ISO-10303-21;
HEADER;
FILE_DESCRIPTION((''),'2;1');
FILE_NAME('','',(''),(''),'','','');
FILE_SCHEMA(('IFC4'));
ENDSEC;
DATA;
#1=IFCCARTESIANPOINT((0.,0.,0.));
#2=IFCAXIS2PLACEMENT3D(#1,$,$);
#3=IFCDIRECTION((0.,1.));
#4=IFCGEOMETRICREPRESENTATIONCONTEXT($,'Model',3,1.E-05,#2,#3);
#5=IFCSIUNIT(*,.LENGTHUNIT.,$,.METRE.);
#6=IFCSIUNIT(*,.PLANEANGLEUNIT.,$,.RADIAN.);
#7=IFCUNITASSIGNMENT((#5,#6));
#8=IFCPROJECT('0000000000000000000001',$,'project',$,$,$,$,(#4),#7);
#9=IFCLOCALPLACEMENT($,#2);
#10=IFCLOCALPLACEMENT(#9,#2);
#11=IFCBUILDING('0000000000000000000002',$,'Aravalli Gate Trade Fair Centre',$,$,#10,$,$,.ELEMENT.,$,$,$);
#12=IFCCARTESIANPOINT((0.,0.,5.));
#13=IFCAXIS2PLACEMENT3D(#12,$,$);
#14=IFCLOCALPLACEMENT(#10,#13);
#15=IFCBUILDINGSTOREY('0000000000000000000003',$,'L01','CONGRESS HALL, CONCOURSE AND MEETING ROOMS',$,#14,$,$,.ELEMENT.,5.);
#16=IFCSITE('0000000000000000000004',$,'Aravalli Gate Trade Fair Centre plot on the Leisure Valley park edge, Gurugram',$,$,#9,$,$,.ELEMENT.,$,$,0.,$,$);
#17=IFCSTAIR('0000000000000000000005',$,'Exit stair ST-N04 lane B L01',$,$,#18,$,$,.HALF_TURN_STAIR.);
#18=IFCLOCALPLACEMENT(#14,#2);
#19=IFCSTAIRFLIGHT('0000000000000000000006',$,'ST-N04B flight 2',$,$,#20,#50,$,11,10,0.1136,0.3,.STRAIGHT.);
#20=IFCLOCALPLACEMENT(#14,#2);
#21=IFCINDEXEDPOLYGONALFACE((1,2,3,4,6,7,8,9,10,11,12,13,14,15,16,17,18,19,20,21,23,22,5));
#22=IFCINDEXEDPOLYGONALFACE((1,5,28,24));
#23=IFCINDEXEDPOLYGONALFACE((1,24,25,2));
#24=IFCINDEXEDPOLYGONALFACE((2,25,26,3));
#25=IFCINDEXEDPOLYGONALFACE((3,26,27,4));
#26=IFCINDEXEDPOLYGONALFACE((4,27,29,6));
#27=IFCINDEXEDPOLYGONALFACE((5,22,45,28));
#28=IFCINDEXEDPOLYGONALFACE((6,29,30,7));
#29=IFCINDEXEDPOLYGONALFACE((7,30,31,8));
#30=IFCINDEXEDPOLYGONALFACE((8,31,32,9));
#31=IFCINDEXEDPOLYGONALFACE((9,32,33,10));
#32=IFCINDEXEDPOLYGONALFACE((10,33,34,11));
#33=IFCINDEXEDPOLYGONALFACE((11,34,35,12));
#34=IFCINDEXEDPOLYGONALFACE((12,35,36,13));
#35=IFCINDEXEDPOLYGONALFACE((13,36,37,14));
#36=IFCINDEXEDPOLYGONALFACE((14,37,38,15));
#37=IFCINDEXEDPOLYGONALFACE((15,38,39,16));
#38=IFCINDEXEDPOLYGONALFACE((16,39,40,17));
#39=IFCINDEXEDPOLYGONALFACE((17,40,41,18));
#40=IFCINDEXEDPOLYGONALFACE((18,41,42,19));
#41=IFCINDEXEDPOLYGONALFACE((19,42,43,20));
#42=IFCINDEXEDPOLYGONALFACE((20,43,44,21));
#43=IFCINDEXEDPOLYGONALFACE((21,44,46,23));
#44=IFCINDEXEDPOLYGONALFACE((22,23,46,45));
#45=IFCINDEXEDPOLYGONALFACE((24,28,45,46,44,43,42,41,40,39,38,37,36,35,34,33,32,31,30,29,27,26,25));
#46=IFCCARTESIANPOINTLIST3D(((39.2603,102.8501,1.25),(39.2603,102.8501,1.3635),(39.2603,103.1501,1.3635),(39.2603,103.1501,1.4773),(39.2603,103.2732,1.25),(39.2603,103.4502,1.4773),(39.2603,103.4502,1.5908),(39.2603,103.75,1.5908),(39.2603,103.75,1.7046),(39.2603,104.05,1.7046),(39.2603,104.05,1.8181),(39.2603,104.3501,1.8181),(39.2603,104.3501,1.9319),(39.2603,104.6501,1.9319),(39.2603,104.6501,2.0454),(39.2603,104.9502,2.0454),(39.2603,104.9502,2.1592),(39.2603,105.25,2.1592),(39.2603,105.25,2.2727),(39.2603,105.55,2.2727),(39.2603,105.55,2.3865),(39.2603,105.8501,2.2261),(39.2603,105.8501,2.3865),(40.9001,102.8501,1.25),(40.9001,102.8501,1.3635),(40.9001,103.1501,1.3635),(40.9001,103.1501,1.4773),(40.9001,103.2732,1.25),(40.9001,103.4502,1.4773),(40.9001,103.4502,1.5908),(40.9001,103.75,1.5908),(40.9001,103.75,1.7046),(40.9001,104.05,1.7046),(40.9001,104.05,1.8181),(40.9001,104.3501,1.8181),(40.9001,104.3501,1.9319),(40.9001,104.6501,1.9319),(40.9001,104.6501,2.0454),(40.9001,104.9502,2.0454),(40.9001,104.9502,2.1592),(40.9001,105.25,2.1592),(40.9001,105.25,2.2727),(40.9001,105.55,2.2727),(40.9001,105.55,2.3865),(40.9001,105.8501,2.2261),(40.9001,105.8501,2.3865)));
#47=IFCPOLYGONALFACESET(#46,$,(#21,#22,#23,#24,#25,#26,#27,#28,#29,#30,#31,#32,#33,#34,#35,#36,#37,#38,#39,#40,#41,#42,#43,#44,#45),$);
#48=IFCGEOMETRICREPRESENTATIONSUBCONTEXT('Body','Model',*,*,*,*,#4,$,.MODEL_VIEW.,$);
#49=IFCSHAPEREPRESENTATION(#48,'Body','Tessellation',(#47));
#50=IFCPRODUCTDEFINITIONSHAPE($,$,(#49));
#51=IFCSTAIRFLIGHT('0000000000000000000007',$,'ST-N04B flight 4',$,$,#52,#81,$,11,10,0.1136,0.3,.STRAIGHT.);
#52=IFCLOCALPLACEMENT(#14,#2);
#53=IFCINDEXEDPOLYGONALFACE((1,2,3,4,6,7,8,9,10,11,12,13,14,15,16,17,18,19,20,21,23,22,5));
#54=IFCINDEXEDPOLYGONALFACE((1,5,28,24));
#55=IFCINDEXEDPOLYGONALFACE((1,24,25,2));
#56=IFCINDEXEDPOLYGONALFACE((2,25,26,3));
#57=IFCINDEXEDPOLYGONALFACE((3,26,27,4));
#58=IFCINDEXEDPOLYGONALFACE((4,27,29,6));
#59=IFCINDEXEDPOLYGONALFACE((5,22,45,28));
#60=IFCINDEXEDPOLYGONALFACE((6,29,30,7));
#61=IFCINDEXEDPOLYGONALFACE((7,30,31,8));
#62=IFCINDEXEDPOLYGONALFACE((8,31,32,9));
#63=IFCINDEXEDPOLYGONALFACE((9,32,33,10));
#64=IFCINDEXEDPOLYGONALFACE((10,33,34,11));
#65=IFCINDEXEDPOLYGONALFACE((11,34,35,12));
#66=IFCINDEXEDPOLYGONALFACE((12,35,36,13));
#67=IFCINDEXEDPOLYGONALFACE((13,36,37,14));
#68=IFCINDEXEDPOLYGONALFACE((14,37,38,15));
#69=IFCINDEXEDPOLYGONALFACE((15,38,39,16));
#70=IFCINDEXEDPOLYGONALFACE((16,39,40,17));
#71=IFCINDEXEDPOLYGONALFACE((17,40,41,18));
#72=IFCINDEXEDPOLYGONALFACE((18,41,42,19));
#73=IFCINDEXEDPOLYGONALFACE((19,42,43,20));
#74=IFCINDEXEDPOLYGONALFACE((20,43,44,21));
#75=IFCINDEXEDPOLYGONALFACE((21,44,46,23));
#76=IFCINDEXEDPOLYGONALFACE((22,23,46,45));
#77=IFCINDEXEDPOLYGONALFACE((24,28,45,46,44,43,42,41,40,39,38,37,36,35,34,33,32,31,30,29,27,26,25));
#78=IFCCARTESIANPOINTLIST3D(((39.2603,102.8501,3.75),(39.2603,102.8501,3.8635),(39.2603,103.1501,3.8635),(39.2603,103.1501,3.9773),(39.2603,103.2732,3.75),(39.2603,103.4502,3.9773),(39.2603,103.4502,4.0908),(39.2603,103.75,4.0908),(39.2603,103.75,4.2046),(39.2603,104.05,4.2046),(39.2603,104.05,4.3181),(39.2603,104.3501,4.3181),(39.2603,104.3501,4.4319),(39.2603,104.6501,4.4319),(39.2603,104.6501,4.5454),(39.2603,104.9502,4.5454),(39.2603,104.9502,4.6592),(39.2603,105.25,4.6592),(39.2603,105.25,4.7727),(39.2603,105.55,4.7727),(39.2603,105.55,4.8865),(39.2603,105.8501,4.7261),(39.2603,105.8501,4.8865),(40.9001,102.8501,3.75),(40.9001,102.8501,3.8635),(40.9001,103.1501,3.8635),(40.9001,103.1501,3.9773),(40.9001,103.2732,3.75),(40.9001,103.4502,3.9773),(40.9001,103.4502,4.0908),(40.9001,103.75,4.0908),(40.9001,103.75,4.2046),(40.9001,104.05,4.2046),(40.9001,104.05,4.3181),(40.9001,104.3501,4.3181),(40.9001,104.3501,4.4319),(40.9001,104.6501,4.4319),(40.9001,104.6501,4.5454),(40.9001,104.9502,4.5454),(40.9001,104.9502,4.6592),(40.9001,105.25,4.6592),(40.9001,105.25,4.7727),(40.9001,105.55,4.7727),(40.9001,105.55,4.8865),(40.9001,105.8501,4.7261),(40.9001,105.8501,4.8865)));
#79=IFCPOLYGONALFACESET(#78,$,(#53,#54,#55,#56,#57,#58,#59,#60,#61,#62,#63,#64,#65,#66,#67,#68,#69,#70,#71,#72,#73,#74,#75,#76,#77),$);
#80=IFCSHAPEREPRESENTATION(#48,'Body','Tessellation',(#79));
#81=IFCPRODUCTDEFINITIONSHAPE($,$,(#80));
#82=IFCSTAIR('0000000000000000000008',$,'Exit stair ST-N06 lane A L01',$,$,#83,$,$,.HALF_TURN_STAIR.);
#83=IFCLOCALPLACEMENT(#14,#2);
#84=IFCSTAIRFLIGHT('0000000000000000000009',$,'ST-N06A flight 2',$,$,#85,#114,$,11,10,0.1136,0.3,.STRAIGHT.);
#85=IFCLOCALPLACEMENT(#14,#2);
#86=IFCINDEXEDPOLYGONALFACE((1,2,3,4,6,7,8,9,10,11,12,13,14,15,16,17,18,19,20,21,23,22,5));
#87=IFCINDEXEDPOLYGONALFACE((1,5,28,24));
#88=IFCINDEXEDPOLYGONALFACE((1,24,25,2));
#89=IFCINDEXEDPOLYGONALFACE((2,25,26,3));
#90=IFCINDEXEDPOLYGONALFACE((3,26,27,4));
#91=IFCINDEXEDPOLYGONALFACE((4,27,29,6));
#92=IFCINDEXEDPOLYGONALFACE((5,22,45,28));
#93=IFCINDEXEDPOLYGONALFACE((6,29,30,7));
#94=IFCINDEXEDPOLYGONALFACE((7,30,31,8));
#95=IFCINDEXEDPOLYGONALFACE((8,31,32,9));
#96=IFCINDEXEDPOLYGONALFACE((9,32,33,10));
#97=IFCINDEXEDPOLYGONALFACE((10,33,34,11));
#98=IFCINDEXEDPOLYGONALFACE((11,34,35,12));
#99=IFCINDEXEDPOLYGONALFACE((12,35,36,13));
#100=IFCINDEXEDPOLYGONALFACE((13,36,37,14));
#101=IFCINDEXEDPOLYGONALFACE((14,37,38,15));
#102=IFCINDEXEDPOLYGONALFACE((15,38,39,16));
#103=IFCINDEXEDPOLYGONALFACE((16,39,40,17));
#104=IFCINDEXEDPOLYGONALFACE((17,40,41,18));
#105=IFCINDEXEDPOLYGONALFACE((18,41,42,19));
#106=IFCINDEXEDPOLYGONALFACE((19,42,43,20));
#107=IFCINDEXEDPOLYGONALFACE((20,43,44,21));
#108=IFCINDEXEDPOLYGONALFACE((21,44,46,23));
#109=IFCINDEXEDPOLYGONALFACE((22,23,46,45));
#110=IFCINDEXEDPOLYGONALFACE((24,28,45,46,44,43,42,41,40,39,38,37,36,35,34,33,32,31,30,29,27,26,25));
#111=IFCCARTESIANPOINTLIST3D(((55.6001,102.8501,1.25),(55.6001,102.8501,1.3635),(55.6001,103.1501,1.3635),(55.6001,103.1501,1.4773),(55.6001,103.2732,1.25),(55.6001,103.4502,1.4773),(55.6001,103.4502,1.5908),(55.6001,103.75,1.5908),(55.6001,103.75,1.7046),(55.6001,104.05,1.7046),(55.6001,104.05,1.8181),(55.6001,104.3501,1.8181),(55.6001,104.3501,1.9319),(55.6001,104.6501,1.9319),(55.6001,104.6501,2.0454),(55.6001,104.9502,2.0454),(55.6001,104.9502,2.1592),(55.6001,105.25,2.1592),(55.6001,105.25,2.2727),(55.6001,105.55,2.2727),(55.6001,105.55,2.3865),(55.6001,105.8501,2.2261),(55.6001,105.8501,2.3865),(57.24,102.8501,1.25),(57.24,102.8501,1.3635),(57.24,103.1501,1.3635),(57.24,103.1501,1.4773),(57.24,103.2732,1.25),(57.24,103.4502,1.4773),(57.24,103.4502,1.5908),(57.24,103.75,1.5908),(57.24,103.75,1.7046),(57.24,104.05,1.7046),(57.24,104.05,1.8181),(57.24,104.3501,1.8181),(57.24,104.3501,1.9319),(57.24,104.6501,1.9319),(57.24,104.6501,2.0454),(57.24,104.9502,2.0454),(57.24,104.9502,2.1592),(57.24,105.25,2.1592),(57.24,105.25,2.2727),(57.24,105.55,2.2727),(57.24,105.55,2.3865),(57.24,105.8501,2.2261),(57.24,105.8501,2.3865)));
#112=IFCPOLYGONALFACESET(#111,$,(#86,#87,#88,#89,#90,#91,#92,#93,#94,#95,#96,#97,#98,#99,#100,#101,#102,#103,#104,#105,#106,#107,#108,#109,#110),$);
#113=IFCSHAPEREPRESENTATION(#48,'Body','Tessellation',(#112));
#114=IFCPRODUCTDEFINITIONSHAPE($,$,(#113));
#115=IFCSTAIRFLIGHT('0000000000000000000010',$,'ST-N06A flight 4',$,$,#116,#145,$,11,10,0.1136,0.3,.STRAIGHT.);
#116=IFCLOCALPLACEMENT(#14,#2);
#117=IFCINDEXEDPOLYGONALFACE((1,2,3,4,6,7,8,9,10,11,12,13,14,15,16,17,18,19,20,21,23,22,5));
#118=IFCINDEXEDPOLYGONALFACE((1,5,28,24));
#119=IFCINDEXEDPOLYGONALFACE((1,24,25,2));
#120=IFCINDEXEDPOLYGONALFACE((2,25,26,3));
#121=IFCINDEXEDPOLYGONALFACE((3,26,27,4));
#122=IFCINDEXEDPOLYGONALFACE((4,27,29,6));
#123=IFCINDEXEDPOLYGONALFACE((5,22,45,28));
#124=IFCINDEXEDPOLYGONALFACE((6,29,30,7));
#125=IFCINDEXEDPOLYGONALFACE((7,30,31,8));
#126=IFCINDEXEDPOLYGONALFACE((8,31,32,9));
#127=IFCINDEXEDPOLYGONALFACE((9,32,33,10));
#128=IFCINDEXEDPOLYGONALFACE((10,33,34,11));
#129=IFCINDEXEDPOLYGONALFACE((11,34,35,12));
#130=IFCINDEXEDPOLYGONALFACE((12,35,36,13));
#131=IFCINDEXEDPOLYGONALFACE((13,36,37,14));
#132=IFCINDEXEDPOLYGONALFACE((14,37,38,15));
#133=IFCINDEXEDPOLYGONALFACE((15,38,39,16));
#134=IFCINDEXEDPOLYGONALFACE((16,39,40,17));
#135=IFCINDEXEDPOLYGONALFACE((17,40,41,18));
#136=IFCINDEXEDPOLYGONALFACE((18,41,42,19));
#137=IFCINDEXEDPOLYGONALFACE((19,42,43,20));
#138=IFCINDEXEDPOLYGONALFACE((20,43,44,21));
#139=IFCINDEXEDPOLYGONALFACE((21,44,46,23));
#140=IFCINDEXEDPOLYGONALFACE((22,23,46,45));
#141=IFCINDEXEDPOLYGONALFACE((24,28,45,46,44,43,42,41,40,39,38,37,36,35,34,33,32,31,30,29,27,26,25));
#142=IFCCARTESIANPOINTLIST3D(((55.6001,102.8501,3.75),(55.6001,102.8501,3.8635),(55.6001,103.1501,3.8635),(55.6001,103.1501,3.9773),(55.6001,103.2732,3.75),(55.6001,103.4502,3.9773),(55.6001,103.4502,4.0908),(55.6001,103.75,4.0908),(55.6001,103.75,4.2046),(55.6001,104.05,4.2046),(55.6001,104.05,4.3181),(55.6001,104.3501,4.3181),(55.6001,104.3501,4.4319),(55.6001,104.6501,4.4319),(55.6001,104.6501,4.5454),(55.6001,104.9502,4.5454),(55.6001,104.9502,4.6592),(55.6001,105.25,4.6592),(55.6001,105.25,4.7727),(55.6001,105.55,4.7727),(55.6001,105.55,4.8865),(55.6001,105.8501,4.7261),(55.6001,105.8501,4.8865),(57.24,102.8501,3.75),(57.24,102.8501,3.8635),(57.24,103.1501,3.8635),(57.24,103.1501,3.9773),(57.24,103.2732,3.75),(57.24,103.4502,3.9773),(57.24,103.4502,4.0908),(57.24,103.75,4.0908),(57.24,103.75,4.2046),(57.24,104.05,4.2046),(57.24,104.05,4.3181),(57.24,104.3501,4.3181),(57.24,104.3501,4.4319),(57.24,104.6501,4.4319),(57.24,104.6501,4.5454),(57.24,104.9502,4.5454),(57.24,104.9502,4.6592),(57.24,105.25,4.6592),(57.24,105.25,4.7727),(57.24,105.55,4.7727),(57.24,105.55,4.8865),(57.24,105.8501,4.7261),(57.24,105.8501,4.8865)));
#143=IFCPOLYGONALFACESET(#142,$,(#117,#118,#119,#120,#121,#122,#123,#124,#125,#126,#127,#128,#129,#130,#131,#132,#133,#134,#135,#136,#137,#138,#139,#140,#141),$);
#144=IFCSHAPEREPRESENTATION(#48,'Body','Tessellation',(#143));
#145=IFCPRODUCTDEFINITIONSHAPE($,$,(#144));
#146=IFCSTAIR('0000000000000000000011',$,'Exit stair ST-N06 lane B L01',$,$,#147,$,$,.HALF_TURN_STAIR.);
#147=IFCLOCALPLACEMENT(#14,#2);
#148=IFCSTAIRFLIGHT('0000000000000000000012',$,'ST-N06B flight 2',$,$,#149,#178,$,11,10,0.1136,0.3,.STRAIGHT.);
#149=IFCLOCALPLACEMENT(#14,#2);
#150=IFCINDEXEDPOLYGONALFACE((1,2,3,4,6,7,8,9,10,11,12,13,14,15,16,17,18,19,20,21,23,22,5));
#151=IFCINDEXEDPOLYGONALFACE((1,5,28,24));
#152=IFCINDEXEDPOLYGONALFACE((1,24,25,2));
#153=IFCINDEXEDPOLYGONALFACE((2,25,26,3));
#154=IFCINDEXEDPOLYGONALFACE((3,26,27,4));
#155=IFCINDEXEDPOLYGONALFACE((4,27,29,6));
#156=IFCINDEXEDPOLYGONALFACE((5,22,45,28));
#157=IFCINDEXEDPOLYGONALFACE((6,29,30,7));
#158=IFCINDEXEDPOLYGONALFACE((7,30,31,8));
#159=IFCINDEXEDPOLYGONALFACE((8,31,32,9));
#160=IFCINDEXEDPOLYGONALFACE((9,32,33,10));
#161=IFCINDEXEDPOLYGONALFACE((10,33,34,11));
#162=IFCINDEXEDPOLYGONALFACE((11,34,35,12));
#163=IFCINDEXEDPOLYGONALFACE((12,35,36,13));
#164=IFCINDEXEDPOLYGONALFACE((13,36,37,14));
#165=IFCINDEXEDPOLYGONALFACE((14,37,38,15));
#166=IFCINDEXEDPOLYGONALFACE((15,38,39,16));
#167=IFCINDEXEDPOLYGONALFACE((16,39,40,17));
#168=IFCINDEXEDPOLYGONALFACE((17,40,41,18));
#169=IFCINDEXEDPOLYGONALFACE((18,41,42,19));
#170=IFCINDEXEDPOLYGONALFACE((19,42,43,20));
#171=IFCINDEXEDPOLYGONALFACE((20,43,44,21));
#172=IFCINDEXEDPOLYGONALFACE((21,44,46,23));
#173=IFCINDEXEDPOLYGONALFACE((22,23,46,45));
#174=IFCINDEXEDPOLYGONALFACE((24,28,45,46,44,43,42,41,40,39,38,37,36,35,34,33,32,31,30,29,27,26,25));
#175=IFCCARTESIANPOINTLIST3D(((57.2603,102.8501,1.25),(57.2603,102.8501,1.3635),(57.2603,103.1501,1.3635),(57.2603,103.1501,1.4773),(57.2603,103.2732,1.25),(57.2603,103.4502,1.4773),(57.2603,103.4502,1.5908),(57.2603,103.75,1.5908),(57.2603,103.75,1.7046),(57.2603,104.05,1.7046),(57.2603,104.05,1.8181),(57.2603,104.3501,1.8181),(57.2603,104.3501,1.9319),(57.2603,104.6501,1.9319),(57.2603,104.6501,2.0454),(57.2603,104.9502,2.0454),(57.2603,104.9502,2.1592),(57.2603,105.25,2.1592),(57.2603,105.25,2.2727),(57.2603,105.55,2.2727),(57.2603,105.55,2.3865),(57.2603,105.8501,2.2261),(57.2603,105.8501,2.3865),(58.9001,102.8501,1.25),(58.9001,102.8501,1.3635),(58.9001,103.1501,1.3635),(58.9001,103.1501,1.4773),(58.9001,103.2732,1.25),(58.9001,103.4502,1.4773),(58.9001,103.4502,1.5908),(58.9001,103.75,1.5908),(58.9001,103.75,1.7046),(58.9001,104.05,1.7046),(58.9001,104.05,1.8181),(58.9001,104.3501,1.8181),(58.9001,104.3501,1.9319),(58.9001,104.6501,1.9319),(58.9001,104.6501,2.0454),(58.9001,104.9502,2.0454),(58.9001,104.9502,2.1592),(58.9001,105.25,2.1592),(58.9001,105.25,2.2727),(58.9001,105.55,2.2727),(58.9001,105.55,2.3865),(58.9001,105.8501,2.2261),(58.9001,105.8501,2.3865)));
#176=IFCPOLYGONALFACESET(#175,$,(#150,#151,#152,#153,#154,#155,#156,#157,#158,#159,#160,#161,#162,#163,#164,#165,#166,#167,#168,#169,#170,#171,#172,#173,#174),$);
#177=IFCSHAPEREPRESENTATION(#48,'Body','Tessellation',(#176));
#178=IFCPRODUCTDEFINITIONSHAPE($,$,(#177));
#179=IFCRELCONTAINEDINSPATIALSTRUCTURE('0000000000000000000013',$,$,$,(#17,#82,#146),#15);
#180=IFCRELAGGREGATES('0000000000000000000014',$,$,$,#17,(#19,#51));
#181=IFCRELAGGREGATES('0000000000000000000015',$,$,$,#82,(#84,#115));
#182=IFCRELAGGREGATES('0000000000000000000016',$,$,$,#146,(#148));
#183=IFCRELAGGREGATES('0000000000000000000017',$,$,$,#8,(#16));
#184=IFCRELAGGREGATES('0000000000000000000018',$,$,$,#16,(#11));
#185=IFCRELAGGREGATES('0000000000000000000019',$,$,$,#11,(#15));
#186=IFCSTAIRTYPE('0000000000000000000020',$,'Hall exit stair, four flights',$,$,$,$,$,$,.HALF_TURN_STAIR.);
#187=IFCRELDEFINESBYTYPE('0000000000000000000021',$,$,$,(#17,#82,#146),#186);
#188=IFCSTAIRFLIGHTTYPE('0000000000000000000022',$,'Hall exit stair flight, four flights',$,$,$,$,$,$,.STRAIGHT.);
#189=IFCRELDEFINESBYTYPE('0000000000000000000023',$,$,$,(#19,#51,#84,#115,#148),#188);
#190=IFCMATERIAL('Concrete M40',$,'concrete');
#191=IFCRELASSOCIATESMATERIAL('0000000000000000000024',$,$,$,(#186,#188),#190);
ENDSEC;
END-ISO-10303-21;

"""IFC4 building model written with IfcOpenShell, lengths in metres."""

from ifc_helpers import new_model, si_unit, direction, frame, origin, place, context, subcontext, project, spatial, polyline, outline, extrude, material, type_object, element, aggregate, save


model = new_model("IFC4")

# Units and contexts
model_context = context("Model", 3, precision=1e-05, world=origin(), true_north=direction((0.0, 1.0)))
body_context = subcontext(model_context, "Body", "Model", "MODEL_VIEW")
ifc_project = project(units=[si_unit("LENGTHUNIT", "METRE"), si_unit("PLANEANGLEUNIT", "RADIAN")], contexts=[model_context])

# Site, building, storey
site_placement = place(None, origin())
site = spatial("IfcSite", under=ifc_project, at=site_placement, Name="Aravalli Gate Trade Fair Centre plot on the Leisure Valley park edge, Gurugram", CompositionType="ELEMENT", RefElevation=0.0)
building_placement = place(site_placement, origin())
building = spatial("IfcBuilding", under=site, at=building_placement, Name="Aravalli Gate Trade Fair Centre", CompositionType="ELEMENT")
storey_placement = place(building_placement, frame((0.0, 0.0, 5.0)))
storey = spatial("IfcBuildingStorey", under=building, at=storey_placement, Name="L01", Description="CONGRESS HALL, CONCOURSE AND MEETING ROOMS", CompositionType="ELEMENT", Elevation=5.0)

# Shared definitions
ifc_material_1 = material(Name="Concrete M40", Category="concrete")

# Stairs, stair flights
stair_type = type_object("IfcStairType", Name="Hall exit stair, four flights", PredefinedType="HALF_TURN_STAIR", material=ifc_material_1)
stair_flight_type = type_object("IfcStairFlightType", Name="Hall exit stair flight, four flights", PredefinedType="STRAIGHT", material=ifc_material_1)
stair_1_placement = place(storey_placement, origin())
stair_1 = element("IfcStair", 1, at=stair_1_placement, inside=storey, type_object=stair_type, Name="Exit stair ST-N04 lane B L01", PredefinedType="HALF_TURN_STAIR")
stair_flight_1_placement = place(storey_placement, frame((40.0801, 102.8501, 1.25), z_axis=(0.0, 0.0, 1.0), x_axis=(0.0, 1.0, 0.0)))
stair_flight_1 = element("IfcStairFlight", 2, at=stair_flight_1_placement, type_object=stair_flight_type, Name="ST-N04B flight 2", NumberOfRisers=11, NumberOfTreads=10, PredefinedType="STRAIGHT", RiserHeight=0.1136, TreadLength=0.3, context=body_context, shape_type="SweptSolid", body=[
    extrude(outline(polyline([(0.0, 0.0), (0.0, 0.1135), (0.3, 0.1135), (0.3, 0.2273), (0.6001, 0.2273), (0.6001, 0.3408), (0.8999, 0.3408), (0.8999, 0.4546), (1.2, 0.4546), (1.2, 0.5681), (1.5, 0.5681), (1.5, 0.6819), (1.8, 0.6819), (1.8, 0.7954), (2.1001, 0.7954), (2.1001, 0.9092), (2.3999, 0.9092), (2.3999, 1.0227), (2.7, 1.0227), (2.7, 1.1365), (3.0, 1.1365), (3.0, 1.25), (3.0, 0.9761), (0.4231, 0.0), (0.0, 0.0)])), frame((0.0, 0.8198, 0.0), z_axis=(0.0, -1.0, 0.0), x_axis=(1.0, 0.0, 0.0)), (0.0, 0.0, 1.0), 1.6399),
])
stair_flight_2_placement = place(storey_placement, frame((40.0801, 102.8501, 3.75), z_axis=(0.0, 0.0, 1.0), x_axis=(0.0, 1.0, 0.0)))
stair_flight_2 = element("IfcStairFlight", 3, at=stair_flight_2_placement, type_object=stair_flight_type, Name="ST-N04B flight 4", NumberOfRisers=11, NumberOfTreads=10, PredefinedType="STRAIGHT", RiserHeight=0.1136, TreadLength=0.3, context=body_context, shape_type="SweptSolid", body=[
    extrude(outline(polyline([(0.0, 0.0), (0.0, 0.1135), (0.3, 0.1135), (0.3, 0.2273), (0.6001, 0.2273), (0.6001, 0.3408), (0.8999, 0.3408), (0.8999, 0.4546), (1.2, 0.4546), (1.2, 0.5681), (1.5, 0.5681), (1.5, 0.6819), (1.8, 0.6819), (1.8, 0.7954), (2.1001, 0.7954), (2.1001, 0.9092), (2.3999, 0.9092), (2.3999, 1.0227), (2.7, 1.0227), (2.7, 1.1365), (3.0, 1.1365), (3.0, 1.25), (3.0, 0.9761), (0.4231, 0.0), (0.0, 0.0)])), frame((0.0, 0.8198, 0.0), z_axis=(0.0, -1.0, 0.0), x_axis=(1.0, 0.0, 0.0)), (0.0, 0.0, 1.0), 1.6399),
])
aggregate(stair_1, [stair_flight_1, stair_flight_2])
stair_2_placement = place(storey_placement, origin())
stair_2 = element("IfcStair", 4, at=stair_2_placement, inside=storey, type_object=stair_type, Name="Exit stair ST-N06 lane A L01", PredefinedType="HALF_TURN_STAIR")
stair_flight_3_placement = place(storey_placement, frame((56.4199, 102.8501, 1.25), z_axis=(0.0, 0.0, 1.0), x_axis=(0.0, 1.0, 0.0)))
stair_flight_3 = element("IfcStairFlight", 5, at=stair_flight_3_placement, type_object=stair_flight_type, Name="ST-N06A flight 2", NumberOfRisers=11, NumberOfTreads=10, PredefinedType="STRAIGHT", RiserHeight=0.1136, TreadLength=0.3, context=body_context, shape_type="SweptSolid", body=[
    extrude(outline(polyline([(0.0, 0.0), (0.0, 0.1135), (0.3, 0.1135), (0.3, 0.2273), (0.6001, 0.2273), (0.6001, 0.3408), (0.8999, 0.3408), (0.8999, 0.4546), (1.2, 0.4546), (1.2, 0.5681), (1.5, 0.5681), (1.5, 0.6819), (1.8, 0.6819), (1.8, 0.7954), (2.1001, 0.7954), (2.1001, 0.9092), (2.3999, 0.9092), (2.3999, 1.0227), (2.7, 1.0227), (2.7, 1.1365), (3.0, 1.1365), (3.0, 1.25), (3.0, 0.9761), (0.4231, 0.0), (0.0, 0.0)])), frame((0.0, 0.8198, 0.0), z_axis=(0.0, -1.0, 0.0), x_axis=(1.0, 0.0, 0.0)), (0.0, 0.0, 1.0), 1.6399),
])
stair_flight_4_placement = place(storey_placement, frame((56.4199, 102.8501, 3.75), z_axis=(0.0, 0.0, 1.0), x_axis=(0.0, 1.0, 0.0)))
stair_flight_4 = element("IfcStairFlight", 6, at=stair_flight_4_placement, type_object=stair_flight_type, Name="ST-N06A flight 4", NumberOfRisers=11, NumberOfTreads=10, PredefinedType="STRAIGHT", RiserHeight=0.1136, TreadLength=0.3, context=body_context, shape_type="SweptSolid", body=[
    extrude(outline(polyline([(0.0, 0.0), (0.0, 0.1135), (0.3, 0.1135), (0.3, 0.2273), (0.6001, 0.2273), (0.6001, 0.3408), (0.8999, 0.3408), (0.8999, 0.4546), (1.2, 0.4546), (1.2, 0.5681), (1.5, 0.5681), (1.5, 0.6819), (1.8, 0.6819), (1.8, 0.7954), (2.1001, 0.7954), (2.1001, 0.9092), (2.3999, 0.9092), (2.3999, 1.0227), (2.7, 1.0227), (2.7, 1.1365), (3.0, 1.1365), (3.0, 1.25), (3.0, 0.9761), (0.4231, 0.0), (0.0, 0.0)])), frame((0.0, 0.8198, 0.0), z_axis=(0.0, -1.0, 0.0), x_axis=(1.0, 0.0, 0.0)), (0.0, 0.0, 1.0), 1.6399),
])
aggregate(stair_2, [stair_flight_3, stair_flight_4])
stair_3_placement = place(storey_placement, origin())
stair_3 = element("IfcStair", 7, at=stair_3_placement, inside=storey, type_object=stair_type, Name="Exit stair ST-N06 lane B L01", PredefinedType="HALF_TURN_STAIR")
stair_flight_5_placement = place(storey_placement, frame((58.0801, 102.8501, 1.25), z_axis=(0.0, 0.0, 1.0), x_axis=(0.0, 1.0, 0.0)))
stair_flight_5 = element("IfcStairFlight", 8, at=stair_flight_5_placement, type_object=stair_flight_type, Name="ST-N06B flight 2", NumberOfRisers=11, NumberOfTreads=10, PredefinedType="STRAIGHT", RiserHeight=0.1136, TreadLength=0.3, context=body_context, shape_type="SweptSolid", body=[
    extrude(outline(polyline([(0.0, 0.0), (0.0, 0.1135), (0.3, 0.1135), (0.3, 0.2273), (0.6001, 0.2273), (0.6001, 0.3408), (0.8999, 0.3408), (0.8999, 0.4546), (1.2, 0.4546), (1.2, 0.5681), (1.5, 0.5681), (1.5, 0.6819), (1.8, 0.6819), (1.8, 0.7954), (2.1001, 0.7954), (2.1001, 0.9092), (2.3999, 0.9092), (2.3999, 1.0227), (2.7, 1.0227), (2.7, 1.1365), (3.0, 1.1365), (3.0, 1.25), (3.0, 0.9761), (0.4231, 0.0), (0.0, 0.0)])), frame((0.0, 0.8198, 0.0), z_axis=(0.0, -1.0, 0.0), x_axis=(1.0, 0.0, 0.0)), (0.0, 0.0, 1.0), 1.6399),
])
aggregate(stair_3, [stair_flight_5])

save(model, "model.ifc")
